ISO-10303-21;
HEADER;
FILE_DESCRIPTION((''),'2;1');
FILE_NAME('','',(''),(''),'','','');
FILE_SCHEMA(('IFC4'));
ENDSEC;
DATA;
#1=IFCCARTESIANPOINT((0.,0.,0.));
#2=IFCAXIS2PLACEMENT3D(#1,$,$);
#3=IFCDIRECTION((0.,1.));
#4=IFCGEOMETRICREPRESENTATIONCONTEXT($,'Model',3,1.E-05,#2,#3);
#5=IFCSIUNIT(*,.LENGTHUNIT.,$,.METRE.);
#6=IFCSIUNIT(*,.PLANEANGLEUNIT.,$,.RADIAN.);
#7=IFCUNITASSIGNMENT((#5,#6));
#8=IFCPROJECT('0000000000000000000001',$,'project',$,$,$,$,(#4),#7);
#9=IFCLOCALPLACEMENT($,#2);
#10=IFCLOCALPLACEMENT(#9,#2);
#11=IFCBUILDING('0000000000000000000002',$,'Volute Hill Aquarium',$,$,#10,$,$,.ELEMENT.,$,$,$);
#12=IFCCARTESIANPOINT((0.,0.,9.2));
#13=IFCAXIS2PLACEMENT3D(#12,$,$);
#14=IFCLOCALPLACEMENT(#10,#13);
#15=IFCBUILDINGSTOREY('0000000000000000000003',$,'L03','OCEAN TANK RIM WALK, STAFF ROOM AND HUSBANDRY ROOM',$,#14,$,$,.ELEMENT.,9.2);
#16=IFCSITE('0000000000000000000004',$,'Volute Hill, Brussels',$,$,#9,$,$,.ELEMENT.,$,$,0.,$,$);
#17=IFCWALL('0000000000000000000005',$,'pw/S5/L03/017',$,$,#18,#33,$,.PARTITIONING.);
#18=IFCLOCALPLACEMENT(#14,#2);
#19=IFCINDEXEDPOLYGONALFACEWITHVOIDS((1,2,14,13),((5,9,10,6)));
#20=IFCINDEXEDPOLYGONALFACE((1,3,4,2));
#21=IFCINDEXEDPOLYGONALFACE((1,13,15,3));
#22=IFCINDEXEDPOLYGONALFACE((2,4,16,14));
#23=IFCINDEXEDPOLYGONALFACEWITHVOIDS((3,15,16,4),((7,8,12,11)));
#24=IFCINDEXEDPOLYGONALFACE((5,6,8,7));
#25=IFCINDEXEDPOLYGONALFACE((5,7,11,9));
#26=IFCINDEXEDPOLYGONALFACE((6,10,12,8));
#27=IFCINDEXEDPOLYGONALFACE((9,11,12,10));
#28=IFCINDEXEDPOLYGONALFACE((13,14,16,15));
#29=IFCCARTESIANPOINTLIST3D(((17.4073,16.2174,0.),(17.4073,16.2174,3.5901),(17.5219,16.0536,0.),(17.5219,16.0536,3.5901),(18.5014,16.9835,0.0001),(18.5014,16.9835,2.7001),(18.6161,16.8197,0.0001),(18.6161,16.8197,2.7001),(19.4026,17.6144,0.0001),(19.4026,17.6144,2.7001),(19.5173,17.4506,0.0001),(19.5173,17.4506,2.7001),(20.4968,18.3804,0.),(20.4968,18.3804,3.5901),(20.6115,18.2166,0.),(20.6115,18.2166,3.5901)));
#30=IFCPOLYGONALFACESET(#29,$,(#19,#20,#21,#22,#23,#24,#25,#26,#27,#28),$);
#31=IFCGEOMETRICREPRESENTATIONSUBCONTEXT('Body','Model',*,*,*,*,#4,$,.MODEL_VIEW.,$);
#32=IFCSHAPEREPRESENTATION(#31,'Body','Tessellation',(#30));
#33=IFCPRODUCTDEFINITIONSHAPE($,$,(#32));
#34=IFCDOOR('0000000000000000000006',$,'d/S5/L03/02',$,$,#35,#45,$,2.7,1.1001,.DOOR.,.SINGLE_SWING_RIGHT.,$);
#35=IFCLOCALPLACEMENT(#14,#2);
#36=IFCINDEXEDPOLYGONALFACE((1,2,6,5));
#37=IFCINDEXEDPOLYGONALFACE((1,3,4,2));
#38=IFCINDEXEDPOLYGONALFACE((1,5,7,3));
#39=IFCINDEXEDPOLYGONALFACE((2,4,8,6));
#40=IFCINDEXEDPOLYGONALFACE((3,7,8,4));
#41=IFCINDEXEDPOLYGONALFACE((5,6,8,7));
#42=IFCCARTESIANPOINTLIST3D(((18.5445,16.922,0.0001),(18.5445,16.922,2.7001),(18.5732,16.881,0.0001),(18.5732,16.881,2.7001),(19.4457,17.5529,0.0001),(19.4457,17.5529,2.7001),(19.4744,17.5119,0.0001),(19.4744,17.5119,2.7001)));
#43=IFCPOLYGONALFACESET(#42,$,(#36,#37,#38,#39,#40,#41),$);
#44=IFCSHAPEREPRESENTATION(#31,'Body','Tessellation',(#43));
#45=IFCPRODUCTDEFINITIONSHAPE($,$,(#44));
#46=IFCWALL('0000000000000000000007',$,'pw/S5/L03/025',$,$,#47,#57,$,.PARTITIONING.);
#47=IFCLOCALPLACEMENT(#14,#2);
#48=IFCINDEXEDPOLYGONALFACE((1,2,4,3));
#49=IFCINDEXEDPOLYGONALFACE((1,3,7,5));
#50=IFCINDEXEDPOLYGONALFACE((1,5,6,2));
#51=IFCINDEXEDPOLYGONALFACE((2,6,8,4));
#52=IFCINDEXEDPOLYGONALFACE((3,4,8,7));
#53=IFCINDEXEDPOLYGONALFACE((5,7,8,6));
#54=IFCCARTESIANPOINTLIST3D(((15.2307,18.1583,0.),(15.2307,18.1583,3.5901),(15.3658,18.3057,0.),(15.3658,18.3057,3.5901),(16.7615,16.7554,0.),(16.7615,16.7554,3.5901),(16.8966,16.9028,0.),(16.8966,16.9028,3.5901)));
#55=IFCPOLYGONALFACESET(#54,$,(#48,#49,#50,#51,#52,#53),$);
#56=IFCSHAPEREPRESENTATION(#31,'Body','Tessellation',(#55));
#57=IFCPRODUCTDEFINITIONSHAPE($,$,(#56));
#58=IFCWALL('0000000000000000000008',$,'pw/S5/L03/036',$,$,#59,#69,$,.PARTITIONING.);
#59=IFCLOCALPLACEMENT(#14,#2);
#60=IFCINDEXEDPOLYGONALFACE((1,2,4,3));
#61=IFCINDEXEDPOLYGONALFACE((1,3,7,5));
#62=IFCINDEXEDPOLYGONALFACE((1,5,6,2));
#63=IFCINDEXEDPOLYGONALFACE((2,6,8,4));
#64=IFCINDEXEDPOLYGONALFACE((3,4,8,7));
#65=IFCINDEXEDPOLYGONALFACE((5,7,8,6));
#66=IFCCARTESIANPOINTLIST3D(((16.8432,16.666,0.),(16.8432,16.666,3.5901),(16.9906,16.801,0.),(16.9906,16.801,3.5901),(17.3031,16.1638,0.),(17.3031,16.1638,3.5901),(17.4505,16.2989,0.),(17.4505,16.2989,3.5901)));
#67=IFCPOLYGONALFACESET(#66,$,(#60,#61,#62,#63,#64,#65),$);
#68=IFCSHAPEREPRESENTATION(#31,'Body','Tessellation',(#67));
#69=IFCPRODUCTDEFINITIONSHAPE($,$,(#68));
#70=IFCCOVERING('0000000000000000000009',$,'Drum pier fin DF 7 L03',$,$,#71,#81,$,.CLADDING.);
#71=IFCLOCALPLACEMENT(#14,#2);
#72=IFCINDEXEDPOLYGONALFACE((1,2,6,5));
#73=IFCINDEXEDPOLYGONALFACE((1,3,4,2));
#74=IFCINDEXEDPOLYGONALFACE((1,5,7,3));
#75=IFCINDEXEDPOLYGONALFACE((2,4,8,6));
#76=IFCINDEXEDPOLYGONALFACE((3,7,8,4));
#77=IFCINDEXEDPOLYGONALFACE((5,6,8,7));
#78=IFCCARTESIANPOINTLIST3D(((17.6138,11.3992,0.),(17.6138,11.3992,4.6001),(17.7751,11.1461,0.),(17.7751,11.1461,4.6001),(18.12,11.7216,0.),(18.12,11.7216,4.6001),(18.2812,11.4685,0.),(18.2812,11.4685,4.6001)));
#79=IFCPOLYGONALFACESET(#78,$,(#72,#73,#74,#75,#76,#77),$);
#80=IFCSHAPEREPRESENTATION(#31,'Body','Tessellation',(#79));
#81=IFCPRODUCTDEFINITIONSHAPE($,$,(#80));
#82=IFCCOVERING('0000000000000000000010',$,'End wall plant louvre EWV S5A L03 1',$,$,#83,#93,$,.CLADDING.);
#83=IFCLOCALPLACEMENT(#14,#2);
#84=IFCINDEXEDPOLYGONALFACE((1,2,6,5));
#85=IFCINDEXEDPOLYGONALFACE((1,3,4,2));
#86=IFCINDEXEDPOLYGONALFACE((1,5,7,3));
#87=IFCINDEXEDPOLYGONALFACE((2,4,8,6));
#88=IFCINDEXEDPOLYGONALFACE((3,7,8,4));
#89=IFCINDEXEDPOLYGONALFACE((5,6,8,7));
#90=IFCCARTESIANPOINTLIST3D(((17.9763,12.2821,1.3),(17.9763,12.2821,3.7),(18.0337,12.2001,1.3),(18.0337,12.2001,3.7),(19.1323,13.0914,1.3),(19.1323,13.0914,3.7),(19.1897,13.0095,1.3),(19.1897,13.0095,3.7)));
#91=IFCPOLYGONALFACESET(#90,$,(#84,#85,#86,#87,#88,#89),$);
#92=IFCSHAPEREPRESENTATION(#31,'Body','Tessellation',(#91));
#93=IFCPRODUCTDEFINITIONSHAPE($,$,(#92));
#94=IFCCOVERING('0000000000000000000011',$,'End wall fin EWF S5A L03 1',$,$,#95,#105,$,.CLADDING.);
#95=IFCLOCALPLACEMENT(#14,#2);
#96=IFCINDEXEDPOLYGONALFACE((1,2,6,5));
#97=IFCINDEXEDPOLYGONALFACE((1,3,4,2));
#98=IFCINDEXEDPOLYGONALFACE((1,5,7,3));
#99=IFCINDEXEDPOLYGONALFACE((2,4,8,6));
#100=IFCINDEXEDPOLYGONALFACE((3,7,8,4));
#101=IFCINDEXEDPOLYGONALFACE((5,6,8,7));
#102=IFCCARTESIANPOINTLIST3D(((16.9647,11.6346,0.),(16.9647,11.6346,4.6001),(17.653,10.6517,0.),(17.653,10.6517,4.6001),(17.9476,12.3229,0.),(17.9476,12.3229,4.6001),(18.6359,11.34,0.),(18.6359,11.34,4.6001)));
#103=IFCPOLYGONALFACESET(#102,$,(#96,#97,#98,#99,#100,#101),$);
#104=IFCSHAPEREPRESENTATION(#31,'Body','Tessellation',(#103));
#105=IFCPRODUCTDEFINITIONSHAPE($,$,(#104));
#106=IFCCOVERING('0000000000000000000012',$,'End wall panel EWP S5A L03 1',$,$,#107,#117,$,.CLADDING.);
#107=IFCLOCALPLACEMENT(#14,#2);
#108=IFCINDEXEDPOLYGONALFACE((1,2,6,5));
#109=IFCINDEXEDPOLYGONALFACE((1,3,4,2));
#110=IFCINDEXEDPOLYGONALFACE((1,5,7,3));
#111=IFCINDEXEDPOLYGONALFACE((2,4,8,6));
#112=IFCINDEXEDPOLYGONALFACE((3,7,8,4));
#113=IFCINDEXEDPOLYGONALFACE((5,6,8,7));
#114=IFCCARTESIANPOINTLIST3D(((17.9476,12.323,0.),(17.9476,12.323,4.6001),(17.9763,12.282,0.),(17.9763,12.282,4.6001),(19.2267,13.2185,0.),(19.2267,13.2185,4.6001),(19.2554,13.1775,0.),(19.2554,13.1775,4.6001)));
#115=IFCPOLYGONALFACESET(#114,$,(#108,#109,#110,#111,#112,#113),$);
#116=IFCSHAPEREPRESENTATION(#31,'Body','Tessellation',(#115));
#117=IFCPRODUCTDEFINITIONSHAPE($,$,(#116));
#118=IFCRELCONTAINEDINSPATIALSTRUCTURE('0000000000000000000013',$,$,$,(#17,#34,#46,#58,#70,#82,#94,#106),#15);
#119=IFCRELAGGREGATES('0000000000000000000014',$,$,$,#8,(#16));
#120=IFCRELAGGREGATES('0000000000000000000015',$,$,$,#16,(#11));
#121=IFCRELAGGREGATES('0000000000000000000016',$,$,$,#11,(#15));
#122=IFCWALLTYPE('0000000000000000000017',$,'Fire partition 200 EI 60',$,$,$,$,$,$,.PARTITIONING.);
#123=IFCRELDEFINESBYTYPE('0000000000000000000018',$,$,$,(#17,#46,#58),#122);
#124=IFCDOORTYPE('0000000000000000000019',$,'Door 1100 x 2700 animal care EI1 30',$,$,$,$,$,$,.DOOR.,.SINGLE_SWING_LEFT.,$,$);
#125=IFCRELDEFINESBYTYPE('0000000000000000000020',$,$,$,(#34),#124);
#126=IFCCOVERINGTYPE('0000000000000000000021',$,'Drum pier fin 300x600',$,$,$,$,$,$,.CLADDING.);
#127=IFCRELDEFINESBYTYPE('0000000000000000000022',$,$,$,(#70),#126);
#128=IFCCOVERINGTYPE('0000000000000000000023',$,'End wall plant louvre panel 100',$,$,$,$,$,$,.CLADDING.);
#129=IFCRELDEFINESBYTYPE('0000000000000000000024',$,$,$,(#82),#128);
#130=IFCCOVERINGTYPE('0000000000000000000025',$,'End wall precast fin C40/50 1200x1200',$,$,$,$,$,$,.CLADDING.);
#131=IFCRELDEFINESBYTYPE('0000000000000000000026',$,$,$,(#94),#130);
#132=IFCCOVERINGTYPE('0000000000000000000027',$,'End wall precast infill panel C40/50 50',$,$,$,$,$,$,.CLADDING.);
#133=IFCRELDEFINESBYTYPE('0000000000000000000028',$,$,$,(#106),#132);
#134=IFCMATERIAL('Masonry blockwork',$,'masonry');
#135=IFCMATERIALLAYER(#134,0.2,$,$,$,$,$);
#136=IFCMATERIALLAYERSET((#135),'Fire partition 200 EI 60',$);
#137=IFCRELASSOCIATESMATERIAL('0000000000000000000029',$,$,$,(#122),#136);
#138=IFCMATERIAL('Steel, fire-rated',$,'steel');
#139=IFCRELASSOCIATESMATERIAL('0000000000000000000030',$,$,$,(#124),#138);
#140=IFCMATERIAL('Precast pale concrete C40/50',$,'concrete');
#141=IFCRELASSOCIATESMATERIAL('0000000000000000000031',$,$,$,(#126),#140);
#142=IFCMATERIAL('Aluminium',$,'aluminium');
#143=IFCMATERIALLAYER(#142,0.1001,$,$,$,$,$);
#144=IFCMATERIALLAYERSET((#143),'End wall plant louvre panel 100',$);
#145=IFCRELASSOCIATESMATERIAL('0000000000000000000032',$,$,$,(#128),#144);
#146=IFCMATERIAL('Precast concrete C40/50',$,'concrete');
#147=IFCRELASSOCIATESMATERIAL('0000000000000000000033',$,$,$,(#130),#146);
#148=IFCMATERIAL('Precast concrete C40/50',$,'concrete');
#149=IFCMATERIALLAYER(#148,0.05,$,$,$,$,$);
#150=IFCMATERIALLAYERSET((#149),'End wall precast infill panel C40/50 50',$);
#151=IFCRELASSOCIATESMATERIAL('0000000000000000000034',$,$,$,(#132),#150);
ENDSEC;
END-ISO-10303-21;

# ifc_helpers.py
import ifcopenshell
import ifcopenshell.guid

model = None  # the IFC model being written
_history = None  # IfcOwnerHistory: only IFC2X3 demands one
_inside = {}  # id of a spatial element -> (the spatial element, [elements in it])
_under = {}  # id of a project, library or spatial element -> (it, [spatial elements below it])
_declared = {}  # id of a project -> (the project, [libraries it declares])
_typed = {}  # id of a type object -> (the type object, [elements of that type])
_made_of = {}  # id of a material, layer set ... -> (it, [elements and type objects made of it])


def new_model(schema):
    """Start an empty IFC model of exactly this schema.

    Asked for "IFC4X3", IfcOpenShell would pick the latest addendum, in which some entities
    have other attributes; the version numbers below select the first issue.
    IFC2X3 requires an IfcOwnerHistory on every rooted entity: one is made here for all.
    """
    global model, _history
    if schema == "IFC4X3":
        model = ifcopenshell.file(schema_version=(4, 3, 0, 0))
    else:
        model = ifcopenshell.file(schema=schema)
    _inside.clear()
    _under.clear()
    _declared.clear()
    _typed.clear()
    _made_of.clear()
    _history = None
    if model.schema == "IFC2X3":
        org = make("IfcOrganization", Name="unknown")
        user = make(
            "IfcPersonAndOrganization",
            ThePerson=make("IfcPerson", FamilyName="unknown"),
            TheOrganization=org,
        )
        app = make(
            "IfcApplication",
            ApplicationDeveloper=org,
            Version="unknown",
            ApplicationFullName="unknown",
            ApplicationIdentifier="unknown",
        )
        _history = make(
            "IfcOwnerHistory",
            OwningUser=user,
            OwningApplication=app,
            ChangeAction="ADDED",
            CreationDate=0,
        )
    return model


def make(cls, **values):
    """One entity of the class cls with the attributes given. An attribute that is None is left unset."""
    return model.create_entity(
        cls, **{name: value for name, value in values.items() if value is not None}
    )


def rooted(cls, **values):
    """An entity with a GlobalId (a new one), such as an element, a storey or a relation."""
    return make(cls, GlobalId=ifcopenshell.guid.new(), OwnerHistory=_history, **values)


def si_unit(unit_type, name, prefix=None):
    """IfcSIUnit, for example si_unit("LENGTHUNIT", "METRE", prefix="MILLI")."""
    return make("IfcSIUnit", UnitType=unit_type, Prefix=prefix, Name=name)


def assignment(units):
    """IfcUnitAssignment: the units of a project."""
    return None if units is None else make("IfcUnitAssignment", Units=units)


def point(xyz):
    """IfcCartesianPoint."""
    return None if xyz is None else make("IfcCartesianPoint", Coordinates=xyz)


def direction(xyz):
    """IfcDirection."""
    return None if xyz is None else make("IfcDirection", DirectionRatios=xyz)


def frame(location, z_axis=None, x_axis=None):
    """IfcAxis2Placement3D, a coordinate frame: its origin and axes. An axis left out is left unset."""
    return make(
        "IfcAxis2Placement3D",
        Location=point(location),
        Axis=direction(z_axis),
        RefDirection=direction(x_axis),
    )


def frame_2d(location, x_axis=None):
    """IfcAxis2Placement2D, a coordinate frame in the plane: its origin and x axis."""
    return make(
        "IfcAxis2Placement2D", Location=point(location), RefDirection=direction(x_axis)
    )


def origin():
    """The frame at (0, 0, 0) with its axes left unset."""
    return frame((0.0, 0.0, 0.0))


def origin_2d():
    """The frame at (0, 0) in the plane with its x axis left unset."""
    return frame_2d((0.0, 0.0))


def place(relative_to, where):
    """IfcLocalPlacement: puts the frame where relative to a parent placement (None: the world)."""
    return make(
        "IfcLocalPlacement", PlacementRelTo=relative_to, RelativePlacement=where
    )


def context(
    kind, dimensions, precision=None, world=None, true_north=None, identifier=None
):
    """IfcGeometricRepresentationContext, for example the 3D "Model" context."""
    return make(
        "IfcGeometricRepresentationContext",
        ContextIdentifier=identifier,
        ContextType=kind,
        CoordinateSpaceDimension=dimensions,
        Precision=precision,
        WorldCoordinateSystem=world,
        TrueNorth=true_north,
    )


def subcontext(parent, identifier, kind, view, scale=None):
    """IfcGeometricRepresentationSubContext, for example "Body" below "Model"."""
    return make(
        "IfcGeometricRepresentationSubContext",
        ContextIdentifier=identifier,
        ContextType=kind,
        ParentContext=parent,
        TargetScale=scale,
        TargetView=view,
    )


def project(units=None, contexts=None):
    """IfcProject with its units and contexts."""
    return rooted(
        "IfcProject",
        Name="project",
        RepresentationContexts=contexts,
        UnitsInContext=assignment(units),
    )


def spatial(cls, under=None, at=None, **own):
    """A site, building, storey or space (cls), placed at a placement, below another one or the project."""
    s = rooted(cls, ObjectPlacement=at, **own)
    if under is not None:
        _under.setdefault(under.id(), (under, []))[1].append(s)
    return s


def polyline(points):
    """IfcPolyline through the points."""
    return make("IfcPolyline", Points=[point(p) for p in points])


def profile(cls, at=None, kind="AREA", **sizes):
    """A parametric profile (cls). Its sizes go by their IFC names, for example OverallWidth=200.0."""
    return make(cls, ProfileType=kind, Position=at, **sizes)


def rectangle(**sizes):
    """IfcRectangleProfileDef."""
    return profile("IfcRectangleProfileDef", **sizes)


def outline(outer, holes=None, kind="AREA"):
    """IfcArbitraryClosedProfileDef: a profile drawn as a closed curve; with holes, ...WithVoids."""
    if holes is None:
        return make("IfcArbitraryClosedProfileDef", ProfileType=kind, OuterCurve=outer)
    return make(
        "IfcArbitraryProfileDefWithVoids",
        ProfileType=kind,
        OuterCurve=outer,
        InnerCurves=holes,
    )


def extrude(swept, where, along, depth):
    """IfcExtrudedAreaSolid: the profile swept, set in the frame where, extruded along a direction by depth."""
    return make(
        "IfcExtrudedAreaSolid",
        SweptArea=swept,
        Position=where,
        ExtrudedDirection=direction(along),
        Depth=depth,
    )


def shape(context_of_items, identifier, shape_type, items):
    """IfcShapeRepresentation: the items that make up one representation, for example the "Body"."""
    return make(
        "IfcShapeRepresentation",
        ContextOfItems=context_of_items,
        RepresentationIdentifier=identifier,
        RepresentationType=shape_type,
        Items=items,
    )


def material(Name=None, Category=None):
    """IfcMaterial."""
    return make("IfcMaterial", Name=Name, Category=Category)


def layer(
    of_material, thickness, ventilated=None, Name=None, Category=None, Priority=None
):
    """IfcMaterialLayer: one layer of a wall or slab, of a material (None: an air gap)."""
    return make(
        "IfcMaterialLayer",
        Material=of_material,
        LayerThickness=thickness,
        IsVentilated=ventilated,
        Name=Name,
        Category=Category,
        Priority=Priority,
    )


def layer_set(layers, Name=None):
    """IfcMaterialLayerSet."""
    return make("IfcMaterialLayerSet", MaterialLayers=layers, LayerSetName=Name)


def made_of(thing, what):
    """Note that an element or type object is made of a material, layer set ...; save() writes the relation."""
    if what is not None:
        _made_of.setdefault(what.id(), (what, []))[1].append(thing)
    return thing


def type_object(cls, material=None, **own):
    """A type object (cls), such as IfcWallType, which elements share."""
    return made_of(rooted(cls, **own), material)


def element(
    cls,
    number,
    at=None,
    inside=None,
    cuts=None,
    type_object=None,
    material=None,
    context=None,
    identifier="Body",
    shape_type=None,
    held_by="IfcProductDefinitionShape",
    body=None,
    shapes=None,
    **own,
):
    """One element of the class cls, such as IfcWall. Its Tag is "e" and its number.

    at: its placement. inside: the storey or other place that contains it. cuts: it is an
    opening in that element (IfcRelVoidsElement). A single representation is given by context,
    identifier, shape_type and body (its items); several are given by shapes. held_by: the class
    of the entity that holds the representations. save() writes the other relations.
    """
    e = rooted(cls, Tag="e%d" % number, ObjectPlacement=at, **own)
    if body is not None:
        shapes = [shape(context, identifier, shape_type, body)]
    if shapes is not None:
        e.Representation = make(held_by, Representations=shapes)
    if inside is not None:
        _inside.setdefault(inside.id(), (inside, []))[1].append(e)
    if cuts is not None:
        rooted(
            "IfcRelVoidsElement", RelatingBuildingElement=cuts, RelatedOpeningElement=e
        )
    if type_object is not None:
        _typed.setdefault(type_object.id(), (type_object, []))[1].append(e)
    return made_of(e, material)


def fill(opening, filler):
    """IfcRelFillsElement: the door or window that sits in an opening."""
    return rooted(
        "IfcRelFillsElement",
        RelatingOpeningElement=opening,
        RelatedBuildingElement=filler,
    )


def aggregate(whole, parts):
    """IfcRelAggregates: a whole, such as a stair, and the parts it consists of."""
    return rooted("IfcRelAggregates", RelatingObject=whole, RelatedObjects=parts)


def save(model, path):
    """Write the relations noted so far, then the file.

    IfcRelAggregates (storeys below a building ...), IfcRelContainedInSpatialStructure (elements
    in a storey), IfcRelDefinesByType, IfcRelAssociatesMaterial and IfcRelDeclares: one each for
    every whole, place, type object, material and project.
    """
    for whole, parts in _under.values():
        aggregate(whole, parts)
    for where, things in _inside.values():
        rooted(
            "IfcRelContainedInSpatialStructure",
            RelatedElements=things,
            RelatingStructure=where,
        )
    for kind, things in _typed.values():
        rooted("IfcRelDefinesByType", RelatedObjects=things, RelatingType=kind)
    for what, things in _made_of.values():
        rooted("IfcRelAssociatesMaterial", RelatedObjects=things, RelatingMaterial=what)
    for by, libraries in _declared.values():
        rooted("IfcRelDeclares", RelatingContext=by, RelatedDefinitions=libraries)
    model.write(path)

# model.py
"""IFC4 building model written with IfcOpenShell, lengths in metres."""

from ifc_helpers import new_model, si_unit, direction, frame, frame_2d, origin, origin_2d, place, context, subcontext, project, spatial, polyline, rectangle, outline, extrude, material, layer, layer_set, type_object, element, fill, save


model = new_model("IFC4")

# Units and contexts
model_context = context("Model", 3, precision=1e-05, world=origin(), true_north=direction((0.0, 1.0)))
body_context = subcontext(model_context, "Body", "Model", "MODEL_VIEW")
ifc_project = project(units=[si_unit("LENGTHUNIT", "METRE"), si_unit("PLANEANGLEUNIT", "RADIAN")], contexts=[model_context])

# Site, building, storey
site_placement = place(None, origin())
site = spatial("IfcSite", under=ifc_project, at=site_placement, Name="Volute Hill, Brussels", CompositionType="ELEMENT", RefElevation=0.0)
building_placement = place(site_placement, origin())
building = spatial("IfcBuilding", under=site, at=building_placement, Name="Volute Hill Aquarium", CompositionType="ELEMENT")
storey_placement = place(building_placement, frame((0.0, 0.0, 9.2)))
storey = spatial("IfcBuildingStorey", under=building, at=storey_placement, Name="L03", Description="OCEAN TANK RIM WALK, STAFF ROOM AND HUSBANDRY ROOM", CompositionType="ELEMENT", Elevation=9.2)

# Wall, opening, door
ifc_material_1 = material(Name="Masonry blockwork", Category="masonry")
ifc_layer_1 = layer(ifc_material_1, 0.2)
ifc_layer_set_1 = layer_set([ifc_layer_1], Name="Fire partition 200 EI 60")
wall_type_1 = type_object("IfcWallType", Name="Fire partition 200 EI 60", PredefinedType="PARTITIONING", material=ifc_layer_set_1)
wall_1_placement = place(storey_placement, frame((17.4646, 16.1355, 0.0), z_axis=(0.0, 0.0, 1.0), x_axis=(0.819186, 0.573528, 0.0)))
wall_1 = element("IfcWall", 1, at=wall_1_placement, inside=storey, type_object=wall_type_1, Name="pw/S5/L03/017", PredefinedType="PARTITIONING", context=body_context, shape_type="SweptSolid", body=[
    extrude(rectangle(XDim=3.7715, YDim=0.2, at=frame_2d((1.8857, 0.0))), origin(), (0.0, 0.0, 1.0), 3.5901),
])
opening_1_placement = place(wall_1_placement, frame((1.3357, 0.0, 0.0)))
opening_1 = element("IfcOpeningElement", 2, at=opening_1_placement, cuts=wall_1, PredefinedType="OPENING", context=body_context, shape_type="SweptSolid", body=[
    extrude(rectangle(XDim=1.1001, YDim=2.7, at=frame_2d((0.55, 1.3501))), frame((0.0, 0.1099, 0.0), z_axis=(0.0, -1.0, 0.0), x_axis=(1.0, 0.0, 0.0)), (0.0, 0.0, 1.0), 0.22),
])
ifc_material_2 = material(Name="Steel, fire-rated", Category="steel")
door_type_1 = type_object("IfcDoorType", Name="Door 1100 x 2700 animal care EI1 30", OperationType="SINGLE_SWING_LEFT", PredefinedType="DOOR", material=ifc_material_2)
door_1_placement = place(opening_1_placement, origin())
door_1 = element("IfcDoor", 3, at=door_1_placement, inside=storey, type_object=door_type_1, Name="d/S5/L03/02", OperationType="SINGLE_SWING_RIGHT", OverallHeight=2.7, OverallWidth=1.1001, PredefinedType="DOOR", context=body_context, shape_type="SweptSolid", body=[
    extrude(rectangle(XDim=1.1001, YDim=2.7, at=frame_2d((0.55, 1.3501))), frame((0.0, 0.0249, 0.0), z_axis=(0.0, -1.0, 0.0), x_axis=(1.0, 0.0, 0.0)), (0.0, 0.0, 1.0), 0.05),
])
fill(opening_1, door_1)

# Walls
wall_2_placement = place(storey_placement, frame((15.2983, 18.2319, 0.0), z_axis=(0.0, 0.0, 1.0), x_axis=(0.737242, -0.675629, 0.0)))
element("IfcWall", 4, at=wall_2_placement, inside=storey, type_object=wall_type_1, Name="pw/S5/L03/025", PredefinedType="PARTITIONING", context=body_context, shape_type="SweptSolid", body=[
    extrude(rectangle(XDim=2.0764, YDim=0.2, at=frame_2d((1.0381, 0.0))), origin(), (0.0, 0.0, 1.0), 3.5901),
])
wall_3_placement = place(storey_placement, frame((16.917, 16.7334, 0.0), z_axis=(0.0, 0.0, 1.0), x_axis=(0.675416, -0.737437, 0.0)))
element("IfcWall", 5, at=wall_3_placement, inside=storey, type_object=wall_type_1, Name="pw/S5/L03/036", PredefinedType="PARTITIONING", context=body_context, shape_type="SweptSolid", body=[
    extrude(rectangle(XDim=0.6809, YDim=0.2, at=frame_2d((0.3403, 0.0))), origin(), (0.0, 0.0, 1.0), 3.5901),
])

# Coverings
ifc_material_3 = material(Name="Precast pale concrete C40/50", Category="concrete")
covering_type_1 = type_object("IfcCoveringType", Name="Drum pier fin 300x600", PredefinedType="CLADDING", material=ifc_material_3)
covering_1_placement = place(storey_placement, frame((17.9475, 11.4338, 0.0), z_axis=(0.0, 0.0, 1.0), x_axis=(-0.5373, 0.843391, 0.0)))
element("IfcCovering", 6, at=covering_1_placement, inside=storey, type_object=covering_type_1, Name="Drum pier fin DF 7 L03", PredefinedType="CLADDING", context=body_context, shape_type="SweptSolid", body=[
    extrude(rectangle(XDim=0.3, YDim=0.6001, at=origin_2d()), origin(), (0.0, 0.0, 1.0), 4.6001),
])
ifc_material_4 = material(Name="Aluminium", Category="aluminium")
ifc_layer_2 = layer(ifc_material_4, 0.1001)
ifc_layer_set_2 = layer_set([ifc_layer_2], Name="End wall plant louvre panel 100")
covering_type_2 = type_object("IfcCoveringType", Name="End wall plant louvre panel 100", PredefinedType="CLADDING", material=ifc_layer_set_2)
covering_2_placement = place(storey_placement, frame((18.583, 12.6458, 1.3), z_axis=(0.0, 0.0, 1.0), x_axis=(0.81915, 0.573579, 0.0)))
element("IfcCovering", 7, at=covering_2_placement, inside=storey, type_object=covering_type_2, Name="End wall plant louvre EWV S5A L03 1", PredefinedType="CLADDING", context=body_context, shape_type="SweptSolid", body=[
    extrude(rectangle(XDim=1.4111, YDim=0.1001, at=origin_2d()), origin(), (0.0, 0.0, 1.0), 2.3999),
])
ifc_material_5 = material(Name="Precast concrete C40/50", Category="concrete")
covering_type_3 = type_object("IfcCoveringType", Name="End wall precast fin C40/50 1200x1200", PredefinedType="CLADDING", material=ifc_material_5)
covering_3_placement = place(storey_placement, frame((17.8003, 11.4873, 0.0), z_axis=(0.0, 0.0, 1.0), x_axis=(0.81915, 0.573579, 0.0)))
element("IfcCovering", 8, at=covering_3_placement, inside=storey, type_object=covering_type_3, Name="End wall fin EWF S5A L03 1", PredefinedType="CLADDING", context=body_context, shape_type="SweptSolid", body=[
    extrude(rectangle(XDim=1.2, YDim=1.2, at=origin_2d()), origin(), (0.0, 0.0, 1.0), 4.6001),
])
ifc_material_6 = material(Name="Precast concrete C40/50", Category="concrete")
ifc_layer_3 = layer(ifc_material_6, 0.05)
ifc_layer_set_3 = layer_set([ifc_layer_3], Name="End wall precast infill panel C40/50 50")
covering_type_4 = type_object("IfcCoveringType", Name="End wall precast infill panel C40/50 50", PredefinedType="CLADDING", material=ifc_layer_set_3)
covering_4_placement = place(storey_placement, frame((17.9763, 12.282, 0.0), z_axis=(0.573536, -0.81918, 0.0), x_axis=(0.81918, 0.573536, 0.0)))
element("IfcCovering", 9, at=covering_4_placement, inside=storey, type_object=covering_type_4, Name="End wall panel EWP S5A L03 1", PredefinedType="CLADDING", context=body_context, shape_type="SweptSolid", body=[
    extrude(outline(polyline([(0.0, 0.0), (1.5614, 0.0), (1.5614, 4.6001), (0.0, 4.6001), (0.0, 0.0)])), origin(), (0.0, 0.0, -1.0), 0.05),
])

save(model, "model.ifc")
